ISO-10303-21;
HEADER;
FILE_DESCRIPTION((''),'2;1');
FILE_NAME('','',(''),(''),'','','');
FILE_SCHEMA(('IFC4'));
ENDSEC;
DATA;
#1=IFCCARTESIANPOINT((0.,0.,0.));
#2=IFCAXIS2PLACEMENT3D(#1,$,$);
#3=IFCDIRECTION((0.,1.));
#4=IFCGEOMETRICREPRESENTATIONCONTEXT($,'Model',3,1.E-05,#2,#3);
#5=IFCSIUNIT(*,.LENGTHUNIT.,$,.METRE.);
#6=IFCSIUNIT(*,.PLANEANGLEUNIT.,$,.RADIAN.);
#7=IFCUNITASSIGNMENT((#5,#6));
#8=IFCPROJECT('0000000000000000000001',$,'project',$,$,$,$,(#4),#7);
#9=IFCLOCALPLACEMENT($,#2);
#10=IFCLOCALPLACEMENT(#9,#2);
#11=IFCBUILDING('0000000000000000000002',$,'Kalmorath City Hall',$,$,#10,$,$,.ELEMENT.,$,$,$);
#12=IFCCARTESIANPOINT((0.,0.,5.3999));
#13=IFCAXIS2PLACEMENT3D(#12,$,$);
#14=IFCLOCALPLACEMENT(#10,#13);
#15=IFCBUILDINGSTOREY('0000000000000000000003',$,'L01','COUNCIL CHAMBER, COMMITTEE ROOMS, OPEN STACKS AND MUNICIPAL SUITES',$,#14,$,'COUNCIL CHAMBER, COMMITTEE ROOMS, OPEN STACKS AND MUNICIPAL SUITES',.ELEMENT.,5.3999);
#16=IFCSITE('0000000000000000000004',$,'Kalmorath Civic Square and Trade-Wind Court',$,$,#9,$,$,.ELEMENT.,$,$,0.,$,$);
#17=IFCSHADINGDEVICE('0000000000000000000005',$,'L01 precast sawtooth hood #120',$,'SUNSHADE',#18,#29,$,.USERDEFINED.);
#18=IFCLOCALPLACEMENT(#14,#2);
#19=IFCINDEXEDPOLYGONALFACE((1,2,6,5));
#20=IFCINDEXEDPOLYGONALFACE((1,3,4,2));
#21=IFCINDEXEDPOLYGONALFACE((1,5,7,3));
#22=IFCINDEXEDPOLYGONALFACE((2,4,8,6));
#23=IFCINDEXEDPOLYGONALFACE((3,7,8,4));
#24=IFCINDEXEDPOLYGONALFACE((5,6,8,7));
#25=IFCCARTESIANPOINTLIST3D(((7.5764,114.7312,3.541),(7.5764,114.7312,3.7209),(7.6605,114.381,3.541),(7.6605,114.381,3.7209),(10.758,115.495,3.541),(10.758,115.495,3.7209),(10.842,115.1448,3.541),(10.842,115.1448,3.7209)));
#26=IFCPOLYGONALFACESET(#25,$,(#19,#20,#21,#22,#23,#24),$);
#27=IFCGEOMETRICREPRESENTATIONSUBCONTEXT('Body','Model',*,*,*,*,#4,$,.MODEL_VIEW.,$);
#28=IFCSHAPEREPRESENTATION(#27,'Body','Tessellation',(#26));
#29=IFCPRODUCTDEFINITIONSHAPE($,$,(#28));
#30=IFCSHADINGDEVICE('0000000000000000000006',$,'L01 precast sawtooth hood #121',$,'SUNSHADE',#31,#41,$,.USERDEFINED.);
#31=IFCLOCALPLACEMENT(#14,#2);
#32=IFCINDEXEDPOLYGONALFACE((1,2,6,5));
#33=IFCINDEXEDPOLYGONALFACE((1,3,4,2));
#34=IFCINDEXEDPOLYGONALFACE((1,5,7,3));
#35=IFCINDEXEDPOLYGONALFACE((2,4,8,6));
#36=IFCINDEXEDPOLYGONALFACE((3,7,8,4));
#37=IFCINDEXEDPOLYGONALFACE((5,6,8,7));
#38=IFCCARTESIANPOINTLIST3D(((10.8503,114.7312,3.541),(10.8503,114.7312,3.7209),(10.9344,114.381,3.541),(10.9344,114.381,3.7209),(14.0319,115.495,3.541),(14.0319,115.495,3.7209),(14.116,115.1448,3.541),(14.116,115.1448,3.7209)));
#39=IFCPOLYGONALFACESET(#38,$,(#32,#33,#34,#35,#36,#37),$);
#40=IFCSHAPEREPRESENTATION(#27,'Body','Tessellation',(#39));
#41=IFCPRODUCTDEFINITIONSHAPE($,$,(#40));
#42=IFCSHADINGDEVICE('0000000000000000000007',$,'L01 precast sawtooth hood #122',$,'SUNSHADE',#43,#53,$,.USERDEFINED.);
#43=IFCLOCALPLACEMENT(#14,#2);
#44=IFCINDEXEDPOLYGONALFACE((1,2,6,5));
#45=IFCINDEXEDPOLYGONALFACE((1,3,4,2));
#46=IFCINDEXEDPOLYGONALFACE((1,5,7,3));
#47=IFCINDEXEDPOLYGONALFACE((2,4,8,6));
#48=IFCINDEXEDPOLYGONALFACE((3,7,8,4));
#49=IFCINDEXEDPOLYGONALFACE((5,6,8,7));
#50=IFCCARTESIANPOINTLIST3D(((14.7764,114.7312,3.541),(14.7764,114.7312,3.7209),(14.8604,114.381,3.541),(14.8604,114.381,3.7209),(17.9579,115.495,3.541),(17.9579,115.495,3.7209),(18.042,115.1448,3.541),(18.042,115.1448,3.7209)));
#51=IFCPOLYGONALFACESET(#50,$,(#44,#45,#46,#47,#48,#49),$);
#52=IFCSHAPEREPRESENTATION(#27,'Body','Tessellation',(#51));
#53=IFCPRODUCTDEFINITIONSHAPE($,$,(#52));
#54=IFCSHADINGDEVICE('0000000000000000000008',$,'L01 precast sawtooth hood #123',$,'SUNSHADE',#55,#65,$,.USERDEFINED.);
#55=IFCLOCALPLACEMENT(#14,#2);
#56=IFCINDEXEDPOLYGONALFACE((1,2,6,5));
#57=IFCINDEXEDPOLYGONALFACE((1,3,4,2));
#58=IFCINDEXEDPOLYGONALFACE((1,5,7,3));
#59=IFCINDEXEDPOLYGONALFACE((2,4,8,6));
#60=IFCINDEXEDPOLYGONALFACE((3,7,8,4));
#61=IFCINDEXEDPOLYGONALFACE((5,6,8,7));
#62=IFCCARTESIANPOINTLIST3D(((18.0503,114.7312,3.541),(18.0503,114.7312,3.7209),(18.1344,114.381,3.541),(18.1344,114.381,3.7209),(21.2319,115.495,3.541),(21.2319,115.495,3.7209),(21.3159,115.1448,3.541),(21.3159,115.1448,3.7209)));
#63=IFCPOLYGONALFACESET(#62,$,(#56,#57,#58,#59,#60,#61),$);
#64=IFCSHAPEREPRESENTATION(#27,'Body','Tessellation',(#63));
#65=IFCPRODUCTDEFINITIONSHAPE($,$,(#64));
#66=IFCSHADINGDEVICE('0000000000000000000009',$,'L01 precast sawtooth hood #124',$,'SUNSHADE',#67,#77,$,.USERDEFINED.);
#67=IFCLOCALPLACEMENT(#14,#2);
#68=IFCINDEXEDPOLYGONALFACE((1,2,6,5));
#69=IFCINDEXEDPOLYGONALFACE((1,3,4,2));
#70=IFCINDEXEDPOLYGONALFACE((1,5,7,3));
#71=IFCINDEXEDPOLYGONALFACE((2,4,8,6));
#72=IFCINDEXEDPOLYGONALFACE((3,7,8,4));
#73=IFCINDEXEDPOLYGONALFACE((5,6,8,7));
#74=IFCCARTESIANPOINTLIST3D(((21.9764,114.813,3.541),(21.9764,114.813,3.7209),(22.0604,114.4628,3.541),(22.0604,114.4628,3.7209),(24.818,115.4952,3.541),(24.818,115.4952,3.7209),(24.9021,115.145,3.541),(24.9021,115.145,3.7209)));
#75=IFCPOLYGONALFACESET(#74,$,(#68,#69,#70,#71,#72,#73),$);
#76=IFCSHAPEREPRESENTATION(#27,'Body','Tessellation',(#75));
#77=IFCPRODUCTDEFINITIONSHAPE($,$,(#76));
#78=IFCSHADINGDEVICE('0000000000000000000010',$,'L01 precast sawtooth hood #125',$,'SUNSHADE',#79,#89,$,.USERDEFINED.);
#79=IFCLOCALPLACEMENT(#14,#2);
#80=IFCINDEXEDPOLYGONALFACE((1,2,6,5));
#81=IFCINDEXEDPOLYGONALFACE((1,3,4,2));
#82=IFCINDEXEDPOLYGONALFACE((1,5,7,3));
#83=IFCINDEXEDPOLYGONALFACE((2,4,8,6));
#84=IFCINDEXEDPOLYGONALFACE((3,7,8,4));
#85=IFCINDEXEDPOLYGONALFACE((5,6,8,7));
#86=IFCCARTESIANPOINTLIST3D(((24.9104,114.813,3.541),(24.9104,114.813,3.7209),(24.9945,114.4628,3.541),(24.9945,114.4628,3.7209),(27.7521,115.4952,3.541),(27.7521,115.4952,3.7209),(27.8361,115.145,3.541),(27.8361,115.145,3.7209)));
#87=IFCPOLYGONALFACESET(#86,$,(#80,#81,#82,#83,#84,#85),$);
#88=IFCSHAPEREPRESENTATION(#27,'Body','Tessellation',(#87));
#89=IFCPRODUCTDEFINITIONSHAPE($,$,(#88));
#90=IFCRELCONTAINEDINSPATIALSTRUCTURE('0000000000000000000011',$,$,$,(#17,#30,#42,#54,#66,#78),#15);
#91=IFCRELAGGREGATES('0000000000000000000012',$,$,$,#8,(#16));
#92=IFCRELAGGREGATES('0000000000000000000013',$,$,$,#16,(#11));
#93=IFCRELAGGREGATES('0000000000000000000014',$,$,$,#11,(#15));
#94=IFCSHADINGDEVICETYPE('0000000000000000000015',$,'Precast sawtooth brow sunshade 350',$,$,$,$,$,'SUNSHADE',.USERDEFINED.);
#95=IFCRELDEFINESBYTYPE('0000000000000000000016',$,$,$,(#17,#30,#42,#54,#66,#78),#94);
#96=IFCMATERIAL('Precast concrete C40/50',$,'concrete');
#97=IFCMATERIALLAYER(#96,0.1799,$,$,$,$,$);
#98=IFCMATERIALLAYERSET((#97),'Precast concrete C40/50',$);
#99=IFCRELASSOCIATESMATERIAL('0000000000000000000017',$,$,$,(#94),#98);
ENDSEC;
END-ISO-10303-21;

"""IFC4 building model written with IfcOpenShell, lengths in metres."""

from ifc_helpers import new_model, si_unit, direction, frame, origin, origin_2d, place, context, subcontext, project, spatial, rectangle, extrude, material, layer, layer_set, type_object, element, save


model = new_model("IFC4")

# Units and contexts
model_context = context("Model", 3, precision=1e-05, world=origin(), true_north=direction((0.0, 1.0)))
body_context = subcontext(model_context, "Body", "Model", "MODEL_VIEW")
ifc_project = project(units=[si_unit("LENGTHUNIT", "METRE"), si_unit("PLANEANGLEUNIT", "RADIAN")], contexts=[model_context])

# Site, building, storey
site_placement = place(None, origin())
site = spatial("IfcSite", under=ifc_project, at=site_placement, Name="Kalmorath Civic Square and Trade-Wind Court", CompositionType="ELEMENT", RefElevation=0.0)
building_placement = place(site_placement, origin())
building = spatial("IfcBuilding", under=site, at=building_placement, Name="Kalmorath City Hall", CompositionType="ELEMENT")
storey_placement = place(building_placement, frame((0.0, 0.0, 5.3999)))
storey = spatial("IfcBuildingStorey", under=building, at=storey_placement, Name="L01", Description="COUNCIL CHAMBER, COMMITTEE ROOMS, OPEN STACKS AND MUNICIPAL SUITES", LongName="COUNCIL CHAMBER, COMMITTEE ROOMS, OPEN STACKS AND MUNICIPAL SUITES", CompositionType="ELEMENT", Elevation=5.3999)

# Shading devices
ifc_material_1 = material(Name="Precast concrete C40/50", Category="concrete")
ifc_layer_1 = layer(ifc_material_1, 0.1799)
ifc_layer_set_1 = layer_set([ifc_layer_1], Name="Precast concrete C40/50")
shading_device_type = type_object("IfcShadingDeviceType", Name="Precast sawtooth brow sunshade 350", ElementType="SUNSHADE", PredefinedType="USERDEFINED", material=ifc_layer_set_1)
for number, where, z_axis, x_axis, name in (
    (1, (9.2092, 114.938, 3.541), (0.0, 0.0, 1.0), (0.97237, 0.233445, 0.0), "L01 precast sawtooth hood #120"),
    (2, (12.4832, 114.938, 3.541), (0.0, 0.0, 1.0), (0.97237, 0.233445, 0.0), "L01 precast sawtooth hood #121"),
    (3, (16.4092, 114.938, 3.541), (0.0, 0.0, 1.0), (0.97237, 0.233445, 0.0), "L01 precast sawtooth hood #122"),
    (4, (19.6831, 114.938, 3.541), (0.0, 0.0, 1.0), (0.97237, 0.233445, 0.0), "L01 precast sawtooth hood #123"),
):
    element("IfcShadingDevice", number, at=place(storey_placement, frame(where, z_axis=z_axis, x_axis=x_axis)), inside=storey, type_object=shading_device_type, Name=name, ObjectType="SUNSHADE", PredefinedType="USERDEFINED", context=body_context, shape_type="SweptSolid", body=[
        extrude(rectangle(XDim=3.272, YDim=0.3601, at=origin_2d()), origin(), (0.0, 0.0, 1.0), 0.1799),
    ])
for number, where, z_axis, x_axis, name in (
    (5, (23.4392, 114.979, 3.541), (0.0, 0.0, 1.0), (0.97237, 0.233445, 0.0), "L01 precast sawtooth hood #124"),
    (6, (26.3733, 114.979, 3.541), (0.0, 0.0, 1.0), (0.97237, 0.233445, 0.0), "L01 precast sawtooth hood #125"),
):
    element("IfcShadingDevice", number, at=place(storey_placement, frame(where, z_axis=z_axis, x_axis=x_axis)), inside=storey, type_object=shading_device_type, Name=name, ObjectType="SUNSHADE", PredefinedType="USERDEFINED", context=body_context, shape_type="SweptSolid", body=[
        extrude(rectangle(XDim=2.9224, YDim=0.3601, at=origin_2d()), origin(), (0.0, 0.0, 1.0), 0.1799),
    ])

save(model, "model.ifc")
